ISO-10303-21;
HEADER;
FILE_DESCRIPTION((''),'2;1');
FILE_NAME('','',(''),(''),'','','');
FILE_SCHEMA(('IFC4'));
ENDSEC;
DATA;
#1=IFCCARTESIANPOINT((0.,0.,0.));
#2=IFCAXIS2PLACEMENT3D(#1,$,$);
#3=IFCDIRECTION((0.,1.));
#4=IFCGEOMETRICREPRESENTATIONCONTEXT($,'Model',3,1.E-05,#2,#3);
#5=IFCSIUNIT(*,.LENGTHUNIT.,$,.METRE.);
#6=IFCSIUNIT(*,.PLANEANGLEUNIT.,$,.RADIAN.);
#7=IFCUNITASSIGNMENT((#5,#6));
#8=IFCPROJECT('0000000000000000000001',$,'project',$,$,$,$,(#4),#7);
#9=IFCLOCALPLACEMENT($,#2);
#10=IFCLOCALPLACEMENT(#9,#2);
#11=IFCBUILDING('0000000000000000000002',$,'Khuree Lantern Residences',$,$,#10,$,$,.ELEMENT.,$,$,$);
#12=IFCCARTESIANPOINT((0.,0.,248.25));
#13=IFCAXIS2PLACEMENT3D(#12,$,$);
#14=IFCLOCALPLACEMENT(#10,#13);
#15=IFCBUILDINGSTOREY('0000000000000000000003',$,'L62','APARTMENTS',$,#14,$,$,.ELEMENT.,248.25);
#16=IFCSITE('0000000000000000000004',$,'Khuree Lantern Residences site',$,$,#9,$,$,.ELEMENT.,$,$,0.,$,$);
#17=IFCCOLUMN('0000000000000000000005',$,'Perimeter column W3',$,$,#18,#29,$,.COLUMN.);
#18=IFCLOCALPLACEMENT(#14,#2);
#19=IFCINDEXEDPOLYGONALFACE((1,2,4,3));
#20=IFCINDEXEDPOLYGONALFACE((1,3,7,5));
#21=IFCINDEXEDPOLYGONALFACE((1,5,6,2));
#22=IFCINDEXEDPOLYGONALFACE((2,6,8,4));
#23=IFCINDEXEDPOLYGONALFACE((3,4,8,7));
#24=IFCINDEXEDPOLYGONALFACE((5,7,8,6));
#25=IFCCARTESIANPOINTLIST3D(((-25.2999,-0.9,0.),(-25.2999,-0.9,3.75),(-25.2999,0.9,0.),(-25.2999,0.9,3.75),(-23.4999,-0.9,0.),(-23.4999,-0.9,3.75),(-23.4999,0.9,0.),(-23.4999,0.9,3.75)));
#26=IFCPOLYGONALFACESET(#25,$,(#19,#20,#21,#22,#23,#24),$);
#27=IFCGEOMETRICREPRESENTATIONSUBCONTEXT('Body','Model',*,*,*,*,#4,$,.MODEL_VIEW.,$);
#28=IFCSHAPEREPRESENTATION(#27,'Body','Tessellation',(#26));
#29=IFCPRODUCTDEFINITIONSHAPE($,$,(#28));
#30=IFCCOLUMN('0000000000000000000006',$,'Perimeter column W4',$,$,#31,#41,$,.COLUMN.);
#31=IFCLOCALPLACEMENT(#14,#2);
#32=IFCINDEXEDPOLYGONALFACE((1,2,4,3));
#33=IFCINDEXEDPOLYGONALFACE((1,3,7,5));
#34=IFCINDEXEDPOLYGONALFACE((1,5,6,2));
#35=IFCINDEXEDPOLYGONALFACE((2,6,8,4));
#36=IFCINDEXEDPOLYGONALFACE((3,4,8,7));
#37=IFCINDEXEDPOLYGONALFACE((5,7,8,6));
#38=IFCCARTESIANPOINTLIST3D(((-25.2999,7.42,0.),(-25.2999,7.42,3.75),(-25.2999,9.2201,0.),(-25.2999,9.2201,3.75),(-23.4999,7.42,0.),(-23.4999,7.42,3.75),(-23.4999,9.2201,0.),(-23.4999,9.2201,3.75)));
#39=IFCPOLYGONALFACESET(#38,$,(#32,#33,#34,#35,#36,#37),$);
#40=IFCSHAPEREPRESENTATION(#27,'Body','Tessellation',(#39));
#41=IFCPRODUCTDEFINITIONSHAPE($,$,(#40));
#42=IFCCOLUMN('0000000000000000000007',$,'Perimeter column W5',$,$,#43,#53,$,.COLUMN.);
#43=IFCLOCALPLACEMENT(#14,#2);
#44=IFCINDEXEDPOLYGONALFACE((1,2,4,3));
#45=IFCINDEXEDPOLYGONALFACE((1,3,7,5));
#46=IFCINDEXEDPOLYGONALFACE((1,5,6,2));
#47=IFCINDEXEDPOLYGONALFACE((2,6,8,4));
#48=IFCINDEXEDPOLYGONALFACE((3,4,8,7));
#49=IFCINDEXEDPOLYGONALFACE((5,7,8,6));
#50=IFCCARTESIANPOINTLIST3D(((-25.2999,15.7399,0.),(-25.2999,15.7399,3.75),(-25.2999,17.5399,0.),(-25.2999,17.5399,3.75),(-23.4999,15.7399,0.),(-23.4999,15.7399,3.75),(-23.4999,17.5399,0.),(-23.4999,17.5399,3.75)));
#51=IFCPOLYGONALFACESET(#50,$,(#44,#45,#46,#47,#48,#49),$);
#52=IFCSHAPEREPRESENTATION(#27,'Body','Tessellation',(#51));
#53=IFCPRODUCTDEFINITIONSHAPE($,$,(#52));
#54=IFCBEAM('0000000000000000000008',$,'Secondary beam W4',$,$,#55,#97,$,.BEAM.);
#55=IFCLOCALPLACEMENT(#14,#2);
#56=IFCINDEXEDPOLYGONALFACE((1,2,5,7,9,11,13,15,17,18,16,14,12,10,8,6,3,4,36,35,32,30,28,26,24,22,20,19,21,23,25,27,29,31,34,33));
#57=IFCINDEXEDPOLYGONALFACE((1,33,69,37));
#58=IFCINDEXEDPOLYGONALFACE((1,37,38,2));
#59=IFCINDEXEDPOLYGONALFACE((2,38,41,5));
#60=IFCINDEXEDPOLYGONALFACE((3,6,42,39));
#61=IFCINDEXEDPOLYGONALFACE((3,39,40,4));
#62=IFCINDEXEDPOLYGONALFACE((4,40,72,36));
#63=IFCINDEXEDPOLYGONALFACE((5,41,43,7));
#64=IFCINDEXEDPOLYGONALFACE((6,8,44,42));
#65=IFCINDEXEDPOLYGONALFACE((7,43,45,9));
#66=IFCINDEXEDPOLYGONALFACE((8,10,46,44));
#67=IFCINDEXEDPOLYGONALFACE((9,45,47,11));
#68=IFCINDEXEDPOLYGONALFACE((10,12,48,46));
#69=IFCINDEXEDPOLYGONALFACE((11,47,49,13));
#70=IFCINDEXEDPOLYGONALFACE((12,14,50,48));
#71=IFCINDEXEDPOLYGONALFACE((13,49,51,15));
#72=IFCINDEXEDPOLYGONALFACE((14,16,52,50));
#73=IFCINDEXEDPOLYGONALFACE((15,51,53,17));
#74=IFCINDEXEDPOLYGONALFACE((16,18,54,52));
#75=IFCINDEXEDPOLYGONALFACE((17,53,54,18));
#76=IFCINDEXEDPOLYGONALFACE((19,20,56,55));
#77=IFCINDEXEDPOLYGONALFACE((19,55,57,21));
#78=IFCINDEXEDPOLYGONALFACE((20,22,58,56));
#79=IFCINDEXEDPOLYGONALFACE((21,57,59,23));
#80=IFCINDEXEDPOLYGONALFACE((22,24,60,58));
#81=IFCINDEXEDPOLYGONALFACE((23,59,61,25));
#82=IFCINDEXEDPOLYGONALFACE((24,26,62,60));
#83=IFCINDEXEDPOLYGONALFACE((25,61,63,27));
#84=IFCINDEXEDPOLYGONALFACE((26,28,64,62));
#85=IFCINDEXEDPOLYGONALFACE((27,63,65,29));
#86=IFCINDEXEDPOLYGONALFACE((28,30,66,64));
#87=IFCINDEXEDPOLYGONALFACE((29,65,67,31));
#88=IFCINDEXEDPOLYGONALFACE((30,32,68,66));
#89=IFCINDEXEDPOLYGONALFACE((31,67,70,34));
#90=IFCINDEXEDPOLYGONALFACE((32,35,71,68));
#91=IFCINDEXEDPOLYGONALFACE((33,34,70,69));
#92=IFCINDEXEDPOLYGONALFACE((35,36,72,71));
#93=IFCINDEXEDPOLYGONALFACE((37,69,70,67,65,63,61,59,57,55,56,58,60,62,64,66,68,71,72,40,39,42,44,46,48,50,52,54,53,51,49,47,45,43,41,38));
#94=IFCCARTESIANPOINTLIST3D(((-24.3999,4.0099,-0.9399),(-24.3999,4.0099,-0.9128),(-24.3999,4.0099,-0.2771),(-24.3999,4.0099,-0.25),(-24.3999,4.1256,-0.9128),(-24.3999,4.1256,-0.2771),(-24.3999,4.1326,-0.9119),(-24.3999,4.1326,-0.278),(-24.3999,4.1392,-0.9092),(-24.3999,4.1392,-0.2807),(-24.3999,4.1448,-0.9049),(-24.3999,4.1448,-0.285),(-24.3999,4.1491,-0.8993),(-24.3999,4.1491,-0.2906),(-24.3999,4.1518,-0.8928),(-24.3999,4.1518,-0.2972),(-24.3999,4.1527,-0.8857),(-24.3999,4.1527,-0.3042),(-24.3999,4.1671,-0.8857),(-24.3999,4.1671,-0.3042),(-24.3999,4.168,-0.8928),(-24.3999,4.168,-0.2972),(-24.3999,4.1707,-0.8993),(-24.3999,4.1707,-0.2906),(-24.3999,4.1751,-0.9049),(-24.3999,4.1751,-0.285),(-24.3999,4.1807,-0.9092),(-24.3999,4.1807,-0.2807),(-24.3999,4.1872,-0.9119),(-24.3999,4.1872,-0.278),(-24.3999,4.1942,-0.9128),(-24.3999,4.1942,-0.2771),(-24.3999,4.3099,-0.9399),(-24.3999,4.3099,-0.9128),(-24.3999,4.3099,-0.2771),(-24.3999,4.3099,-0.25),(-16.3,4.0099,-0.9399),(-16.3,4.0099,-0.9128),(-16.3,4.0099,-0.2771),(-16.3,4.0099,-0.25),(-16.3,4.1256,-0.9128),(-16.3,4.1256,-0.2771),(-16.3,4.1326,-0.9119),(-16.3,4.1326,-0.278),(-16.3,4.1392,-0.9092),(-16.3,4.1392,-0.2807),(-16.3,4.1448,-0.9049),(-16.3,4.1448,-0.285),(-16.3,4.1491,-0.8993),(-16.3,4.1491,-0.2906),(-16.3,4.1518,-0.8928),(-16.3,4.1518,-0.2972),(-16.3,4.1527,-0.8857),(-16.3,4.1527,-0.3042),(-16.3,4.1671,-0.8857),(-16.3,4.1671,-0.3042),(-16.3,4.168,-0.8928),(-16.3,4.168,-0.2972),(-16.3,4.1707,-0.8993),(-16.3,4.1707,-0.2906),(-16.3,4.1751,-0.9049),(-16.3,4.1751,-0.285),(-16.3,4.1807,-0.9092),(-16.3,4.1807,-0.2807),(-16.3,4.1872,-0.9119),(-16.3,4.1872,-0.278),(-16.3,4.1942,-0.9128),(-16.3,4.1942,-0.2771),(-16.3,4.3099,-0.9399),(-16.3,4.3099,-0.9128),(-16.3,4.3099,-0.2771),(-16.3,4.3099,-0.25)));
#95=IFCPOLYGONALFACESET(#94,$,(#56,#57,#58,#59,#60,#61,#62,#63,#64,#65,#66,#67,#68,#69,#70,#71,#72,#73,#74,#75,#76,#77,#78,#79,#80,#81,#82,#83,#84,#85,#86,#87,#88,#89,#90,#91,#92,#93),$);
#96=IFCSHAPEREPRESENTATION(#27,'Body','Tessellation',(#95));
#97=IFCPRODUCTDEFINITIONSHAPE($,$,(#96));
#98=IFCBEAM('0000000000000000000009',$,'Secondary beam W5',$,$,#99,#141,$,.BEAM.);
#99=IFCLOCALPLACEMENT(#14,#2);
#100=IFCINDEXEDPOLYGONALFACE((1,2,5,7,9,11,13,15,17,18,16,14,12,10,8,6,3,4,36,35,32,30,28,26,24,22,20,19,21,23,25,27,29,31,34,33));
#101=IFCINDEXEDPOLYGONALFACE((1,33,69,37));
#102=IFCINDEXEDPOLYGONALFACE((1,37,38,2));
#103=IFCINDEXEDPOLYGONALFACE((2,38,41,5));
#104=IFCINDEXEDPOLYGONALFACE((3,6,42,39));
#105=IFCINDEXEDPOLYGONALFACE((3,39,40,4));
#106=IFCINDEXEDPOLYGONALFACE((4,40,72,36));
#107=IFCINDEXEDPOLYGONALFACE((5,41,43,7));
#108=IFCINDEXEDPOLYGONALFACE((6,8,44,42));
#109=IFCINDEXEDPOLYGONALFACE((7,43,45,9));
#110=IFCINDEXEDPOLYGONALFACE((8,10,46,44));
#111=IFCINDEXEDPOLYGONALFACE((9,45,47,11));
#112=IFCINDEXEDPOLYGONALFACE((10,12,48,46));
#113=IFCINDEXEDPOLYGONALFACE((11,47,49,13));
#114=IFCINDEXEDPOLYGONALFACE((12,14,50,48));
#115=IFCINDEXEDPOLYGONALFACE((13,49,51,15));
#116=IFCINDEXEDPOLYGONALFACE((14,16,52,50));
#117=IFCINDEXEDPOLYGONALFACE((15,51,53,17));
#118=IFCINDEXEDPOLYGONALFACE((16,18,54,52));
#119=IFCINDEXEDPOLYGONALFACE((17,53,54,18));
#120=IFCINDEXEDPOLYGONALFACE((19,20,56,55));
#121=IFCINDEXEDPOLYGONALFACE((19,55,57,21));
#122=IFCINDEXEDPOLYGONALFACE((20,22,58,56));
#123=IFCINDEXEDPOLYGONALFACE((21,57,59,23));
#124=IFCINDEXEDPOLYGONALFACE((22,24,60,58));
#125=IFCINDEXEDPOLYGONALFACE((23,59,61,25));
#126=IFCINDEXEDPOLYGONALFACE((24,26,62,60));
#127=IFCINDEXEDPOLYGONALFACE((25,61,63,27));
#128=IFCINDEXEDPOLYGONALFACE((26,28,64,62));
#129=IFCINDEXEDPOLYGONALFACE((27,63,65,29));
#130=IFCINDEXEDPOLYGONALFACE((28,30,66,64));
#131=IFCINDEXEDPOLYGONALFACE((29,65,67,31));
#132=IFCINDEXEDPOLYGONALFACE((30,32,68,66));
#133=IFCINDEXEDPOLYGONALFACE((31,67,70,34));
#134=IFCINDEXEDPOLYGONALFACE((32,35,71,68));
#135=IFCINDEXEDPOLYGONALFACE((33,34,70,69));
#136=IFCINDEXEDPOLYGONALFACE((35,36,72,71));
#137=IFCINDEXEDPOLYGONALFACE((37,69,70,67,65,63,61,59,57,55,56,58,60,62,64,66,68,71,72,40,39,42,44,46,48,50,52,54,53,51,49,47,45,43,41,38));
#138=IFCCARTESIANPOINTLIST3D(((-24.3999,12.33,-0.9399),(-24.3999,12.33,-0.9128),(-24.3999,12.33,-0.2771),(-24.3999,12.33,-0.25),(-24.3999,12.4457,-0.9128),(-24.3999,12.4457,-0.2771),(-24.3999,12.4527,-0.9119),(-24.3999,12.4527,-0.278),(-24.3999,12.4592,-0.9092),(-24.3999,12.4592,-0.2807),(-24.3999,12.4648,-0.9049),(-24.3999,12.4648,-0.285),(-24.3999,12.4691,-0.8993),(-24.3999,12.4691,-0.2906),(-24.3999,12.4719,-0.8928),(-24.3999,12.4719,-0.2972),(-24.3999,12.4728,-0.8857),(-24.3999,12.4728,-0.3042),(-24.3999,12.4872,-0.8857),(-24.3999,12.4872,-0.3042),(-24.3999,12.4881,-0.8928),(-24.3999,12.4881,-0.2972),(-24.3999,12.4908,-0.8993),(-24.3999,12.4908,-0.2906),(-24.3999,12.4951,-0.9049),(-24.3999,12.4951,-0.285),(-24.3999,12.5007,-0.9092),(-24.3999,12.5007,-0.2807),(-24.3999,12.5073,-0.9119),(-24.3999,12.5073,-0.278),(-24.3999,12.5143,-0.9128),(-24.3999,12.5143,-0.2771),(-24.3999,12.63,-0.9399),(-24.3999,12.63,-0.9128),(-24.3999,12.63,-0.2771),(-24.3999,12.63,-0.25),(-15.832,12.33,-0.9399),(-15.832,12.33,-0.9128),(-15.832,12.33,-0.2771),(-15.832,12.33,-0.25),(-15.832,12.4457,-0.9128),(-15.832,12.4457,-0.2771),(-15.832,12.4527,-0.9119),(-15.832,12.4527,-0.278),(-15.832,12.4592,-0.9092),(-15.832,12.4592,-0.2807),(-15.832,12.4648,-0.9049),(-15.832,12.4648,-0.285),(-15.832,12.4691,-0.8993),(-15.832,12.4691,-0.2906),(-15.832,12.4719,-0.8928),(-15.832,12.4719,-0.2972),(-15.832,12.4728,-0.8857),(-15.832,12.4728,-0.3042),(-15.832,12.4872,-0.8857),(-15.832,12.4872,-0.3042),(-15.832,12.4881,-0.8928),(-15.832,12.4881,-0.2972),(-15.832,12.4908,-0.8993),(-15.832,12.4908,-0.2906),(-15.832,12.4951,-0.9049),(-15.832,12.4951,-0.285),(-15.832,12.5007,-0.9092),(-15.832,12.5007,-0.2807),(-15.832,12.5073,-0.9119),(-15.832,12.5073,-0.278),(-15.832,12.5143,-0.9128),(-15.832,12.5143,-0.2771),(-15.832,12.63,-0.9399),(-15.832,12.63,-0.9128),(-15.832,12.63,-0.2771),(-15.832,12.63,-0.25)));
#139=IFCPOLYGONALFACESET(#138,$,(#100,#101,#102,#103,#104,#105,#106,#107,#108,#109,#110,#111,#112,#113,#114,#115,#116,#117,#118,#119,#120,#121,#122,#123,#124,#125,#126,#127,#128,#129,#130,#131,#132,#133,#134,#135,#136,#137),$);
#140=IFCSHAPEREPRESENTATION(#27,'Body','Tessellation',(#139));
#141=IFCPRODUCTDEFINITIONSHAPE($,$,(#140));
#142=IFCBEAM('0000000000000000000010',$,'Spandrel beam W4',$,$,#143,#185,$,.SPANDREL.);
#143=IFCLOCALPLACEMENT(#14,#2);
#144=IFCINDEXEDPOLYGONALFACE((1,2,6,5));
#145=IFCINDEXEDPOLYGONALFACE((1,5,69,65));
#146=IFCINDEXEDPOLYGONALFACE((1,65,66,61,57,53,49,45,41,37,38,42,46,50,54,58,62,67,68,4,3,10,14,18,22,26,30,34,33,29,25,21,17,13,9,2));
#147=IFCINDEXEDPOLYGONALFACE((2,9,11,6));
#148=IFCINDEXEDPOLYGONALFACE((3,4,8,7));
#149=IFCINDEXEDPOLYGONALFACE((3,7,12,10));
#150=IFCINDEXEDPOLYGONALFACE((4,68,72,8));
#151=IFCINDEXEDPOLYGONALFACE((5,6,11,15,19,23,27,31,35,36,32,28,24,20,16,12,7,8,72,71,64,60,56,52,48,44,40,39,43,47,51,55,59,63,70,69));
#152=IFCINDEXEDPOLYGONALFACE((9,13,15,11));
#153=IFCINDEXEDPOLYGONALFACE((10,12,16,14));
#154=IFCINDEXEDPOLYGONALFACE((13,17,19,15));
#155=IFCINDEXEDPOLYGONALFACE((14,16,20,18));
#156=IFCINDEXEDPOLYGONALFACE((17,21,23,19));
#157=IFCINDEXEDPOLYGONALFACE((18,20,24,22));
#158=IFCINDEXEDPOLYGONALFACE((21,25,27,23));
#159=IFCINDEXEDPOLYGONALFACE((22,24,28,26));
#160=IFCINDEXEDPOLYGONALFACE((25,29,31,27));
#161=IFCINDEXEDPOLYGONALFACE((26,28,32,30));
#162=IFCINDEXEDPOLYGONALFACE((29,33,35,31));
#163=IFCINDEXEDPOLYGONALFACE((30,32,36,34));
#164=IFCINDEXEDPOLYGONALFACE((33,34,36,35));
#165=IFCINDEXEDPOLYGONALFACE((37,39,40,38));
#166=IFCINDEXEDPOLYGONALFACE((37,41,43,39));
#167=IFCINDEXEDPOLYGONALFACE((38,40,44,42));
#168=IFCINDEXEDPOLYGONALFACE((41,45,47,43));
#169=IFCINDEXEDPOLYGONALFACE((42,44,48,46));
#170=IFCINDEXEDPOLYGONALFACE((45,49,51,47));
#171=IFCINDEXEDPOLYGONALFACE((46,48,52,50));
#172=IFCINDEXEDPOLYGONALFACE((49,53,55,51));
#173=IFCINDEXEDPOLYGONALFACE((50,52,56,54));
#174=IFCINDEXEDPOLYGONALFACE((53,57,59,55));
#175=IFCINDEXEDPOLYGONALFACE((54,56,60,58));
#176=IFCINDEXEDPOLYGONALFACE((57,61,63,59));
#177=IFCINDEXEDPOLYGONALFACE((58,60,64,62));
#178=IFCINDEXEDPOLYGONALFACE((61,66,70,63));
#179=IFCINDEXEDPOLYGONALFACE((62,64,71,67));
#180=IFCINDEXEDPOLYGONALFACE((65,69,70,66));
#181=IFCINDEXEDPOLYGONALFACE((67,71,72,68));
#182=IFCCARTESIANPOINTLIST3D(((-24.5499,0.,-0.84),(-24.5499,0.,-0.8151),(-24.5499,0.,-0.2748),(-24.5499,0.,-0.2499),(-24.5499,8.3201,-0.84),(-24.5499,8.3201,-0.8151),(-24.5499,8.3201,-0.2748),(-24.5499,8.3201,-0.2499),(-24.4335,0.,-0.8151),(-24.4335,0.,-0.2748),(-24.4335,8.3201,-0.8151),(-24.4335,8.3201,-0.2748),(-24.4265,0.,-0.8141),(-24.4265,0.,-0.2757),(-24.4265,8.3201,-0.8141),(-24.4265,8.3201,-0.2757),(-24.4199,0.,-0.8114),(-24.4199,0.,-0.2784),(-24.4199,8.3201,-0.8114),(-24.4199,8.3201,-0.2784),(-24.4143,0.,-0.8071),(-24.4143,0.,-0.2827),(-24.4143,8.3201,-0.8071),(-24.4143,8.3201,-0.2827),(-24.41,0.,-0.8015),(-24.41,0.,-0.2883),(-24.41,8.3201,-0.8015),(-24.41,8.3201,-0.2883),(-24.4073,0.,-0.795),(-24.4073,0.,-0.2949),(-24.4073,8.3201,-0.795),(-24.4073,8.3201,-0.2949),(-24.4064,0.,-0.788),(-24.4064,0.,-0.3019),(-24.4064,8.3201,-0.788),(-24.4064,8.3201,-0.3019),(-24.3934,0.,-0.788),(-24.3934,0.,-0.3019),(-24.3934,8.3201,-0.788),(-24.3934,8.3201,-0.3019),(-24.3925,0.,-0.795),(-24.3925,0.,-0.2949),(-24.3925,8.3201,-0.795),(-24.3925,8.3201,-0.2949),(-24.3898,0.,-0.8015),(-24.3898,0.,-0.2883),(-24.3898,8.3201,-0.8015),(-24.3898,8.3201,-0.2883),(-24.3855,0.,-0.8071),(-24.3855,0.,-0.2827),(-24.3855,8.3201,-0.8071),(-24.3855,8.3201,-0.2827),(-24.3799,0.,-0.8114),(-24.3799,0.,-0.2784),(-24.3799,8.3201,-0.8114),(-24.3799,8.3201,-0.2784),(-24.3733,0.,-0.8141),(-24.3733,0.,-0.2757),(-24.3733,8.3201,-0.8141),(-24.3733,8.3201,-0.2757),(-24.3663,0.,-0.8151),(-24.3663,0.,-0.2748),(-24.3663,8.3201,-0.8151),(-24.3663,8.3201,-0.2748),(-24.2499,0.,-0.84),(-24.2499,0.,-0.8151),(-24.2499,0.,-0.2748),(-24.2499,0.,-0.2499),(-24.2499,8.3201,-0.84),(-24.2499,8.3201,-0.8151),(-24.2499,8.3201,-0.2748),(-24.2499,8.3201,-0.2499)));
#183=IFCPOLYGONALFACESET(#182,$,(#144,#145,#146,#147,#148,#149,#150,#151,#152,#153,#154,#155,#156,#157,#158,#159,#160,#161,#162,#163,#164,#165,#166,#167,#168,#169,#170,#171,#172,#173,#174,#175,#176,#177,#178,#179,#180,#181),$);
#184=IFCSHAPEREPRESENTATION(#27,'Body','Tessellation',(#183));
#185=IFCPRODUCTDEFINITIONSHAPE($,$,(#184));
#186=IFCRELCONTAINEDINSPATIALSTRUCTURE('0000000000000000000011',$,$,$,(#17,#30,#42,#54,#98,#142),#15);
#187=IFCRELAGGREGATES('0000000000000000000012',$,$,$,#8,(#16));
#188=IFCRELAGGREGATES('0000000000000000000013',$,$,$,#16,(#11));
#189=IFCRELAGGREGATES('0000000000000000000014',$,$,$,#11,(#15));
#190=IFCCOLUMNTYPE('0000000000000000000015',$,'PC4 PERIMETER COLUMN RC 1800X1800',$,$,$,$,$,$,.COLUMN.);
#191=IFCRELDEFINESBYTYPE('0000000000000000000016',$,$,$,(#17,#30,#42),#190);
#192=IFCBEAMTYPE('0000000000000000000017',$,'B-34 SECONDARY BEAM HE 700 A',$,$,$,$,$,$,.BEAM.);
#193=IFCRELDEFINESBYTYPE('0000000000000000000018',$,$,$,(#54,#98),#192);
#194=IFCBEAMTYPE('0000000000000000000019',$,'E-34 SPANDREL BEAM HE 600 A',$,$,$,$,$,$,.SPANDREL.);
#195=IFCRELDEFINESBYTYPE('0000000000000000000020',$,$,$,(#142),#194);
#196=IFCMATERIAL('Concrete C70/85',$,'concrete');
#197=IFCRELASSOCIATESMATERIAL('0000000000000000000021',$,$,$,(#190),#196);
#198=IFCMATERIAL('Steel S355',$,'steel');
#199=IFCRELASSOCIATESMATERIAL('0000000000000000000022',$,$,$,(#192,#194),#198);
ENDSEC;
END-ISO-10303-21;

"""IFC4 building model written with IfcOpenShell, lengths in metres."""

from ifc_helpers import new_model, si_unit, direction, frame, origin, origin_2d, place, context, subcontext, project, spatial, rectangle, i_section, extrude, material, material_profile, profile_set, type_object, element, save


model = new_model("IFC4")

# Units and contexts
model_context = context("Model", 3, precision=1e-05, world=origin(), true_north=direction((0.0, 1.0)))
body_context = subcontext(model_context, "Body", "Model", "MODEL_VIEW")
ifc_project = project(units=[si_unit("LENGTHUNIT", "METRE"), si_unit("PLANEANGLEUNIT", "RADIAN")], contexts=[model_context])

# Site, building, storey
site_placement = place(None, origin())
site = spatial("IfcSite", under=ifc_project, at=site_placement, Name="Khuree Lantern Residences site", CompositionType="ELEMENT", RefElevation=0.0)
building_placement = place(site_placement, origin())
building = spatial("IfcBuilding", under=site, at=building_placement, Name="Khuree Lantern Residences", CompositionType="ELEMENT")
storey_placement = place(building_placement, frame((0.0, 0.0, 248.25)))
storey = spatial("IfcBuildingStorey", under=building, at=storey_placement, Name="L62", Description="APARTMENTS", CompositionType="ELEMENT", Elevation=248.25)

# Columns
ifc_material_1 = material(Name="Concrete C70/85", Category="concrete")
ifc_material_profile_1 = material_profile(ifc_material_1, rectangle(XDim=1.8, YDim=1.8, at=origin_2d()), Name="RC 1800X1800")
ifc_profile_set_1 = profile_set([ifc_material_profile_1], Name="Concrete C70/85")
column_type = type_object("IfcColumnType", Name="PC4 PERIMETER COLUMN RC 1800X1800", PredefinedType="COLUMN", material=ifc_profile_set_1)
for number, where, z_axis, x_axis, name in (
    (1, (-24.3999, 0.0, 0.0), (0.0, 0.0, 1.0), (0.0, 1.0, 0.0), "Perimeter column W3"),
    (2, (-24.3999, 8.3201, 0.0), (0.0, 0.0, 1.0), (0.0, 1.0, 0.0), "Perimeter column W4"),
    (3, (-24.3999, 16.6399, 0.0), (0.0, 0.0, 1.0), (0.0, 1.0, 0.0), "Perimeter column W5"),
):
    element("IfcColumn", number, at=place(storey_placement, frame(where, z_axis=z_axis, x_axis=x_axis)), inside=storey, type_object=column_type, Name=name, PredefinedType="COLUMN", context=body_context, shape_type="SweptSolid", body=[
        extrude(rectangle(XDim=1.8, YDim=1.8, at=origin_2d()), origin(), (0.0, 0.0, 1.0), 3.75),
    ])

# Beams
ifc_material_2 = material(Name="Steel S355", Category="steel")
ifc_material_profile_2 = material_profile(ifc_material_2, i_section(OverallWidth=0.3, OverallDepth=0.6899, WebThickness=0.0144, FlangeThickness=0.0271, FilletRadius=0.0271, at=origin_2d()), Name="HE 700 A")
ifc_profile_set_2 = profile_set([ifc_material_profile_2], Name="Steel S355")
beam_type_1 = type_object("IfcBeamType", Name="B-34 SECONDARY BEAM HE 700 A", PredefinedType="BEAM", material=ifc_profile_set_2)
beam_1_placement = place(storey_placement, frame((-24.3999, 4.1599, -0.595), z_axis=(1.0, 0.0, 0.0), x_axis=(0.0, 1.0, 0.0)))
element("IfcBeam", 4, at=beam_1_placement, inside=storey, type_object=beam_type_1, Name="Secondary beam W4", PredefinedType="BEAM", context=body_context, shape_type="SweptSolid", body=[
    extrude(i_section(OverallWidth=0.3, OverallDepth=0.6899, WebThickness=0.0144, FlangeThickness=0.0271, FilletRadius=0.0271, at=origin_2d()), origin(), (0.0, 0.0, 1.0), 8.0999),
])
beam_2_placement = place(storey_placement, frame((-24.3999, 12.48, -0.595), z_axis=(1.0, 0.0, 0.0), x_axis=(0.0, 1.0, 0.0)))
element("IfcBeam", 5, at=beam_2_placement, inside=storey, type_object=beam_type_1, Name="Secondary beam W5", PredefinedType="BEAM", context=body_context, shape_type="SweptSolid", body=[
    extrude(i_section(OverallWidth=0.3, OverallDepth=0.6899, WebThickness=0.0144, FlangeThickness=0.0271, FilletRadius=0.0271, at=origin_2d()), origin(), (0.0, 0.0, 1.0), 8.5679),
])
ifc_material_profile_3 = material_profile(ifc_material_2, i_section(OverallWidth=0.3, OverallDepth=0.5901, WebThickness=0.0129, FlangeThickness=0.0249, FilletRadius=0.0271, at=origin_2d()), Name="HE 600 A")
ifc_profile_set_3 = profile_set([ifc_material_profile_3], Name="Steel S355")
beam_type_2 = type_object("IfcBeamType", Name="E-34 SPANDREL BEAM HE 600 A", PredefinedType="SPANDREL", material=ifc_profile_set_3)
beam_3_placement = place(storey_placement, frame((-24.3999, 0.0, -0.5449), z_axis=(0.0, 1.0, 0.0), x_axis=(-1.0, 0.0, 0.0)))
element("IfcBeam", 6, at=beam_3_placement, inside=storey, type_object=beam_type_2, Name="Spandrel beam W4", PredefinedType="SPANDREL", context=body_context, shape_type="SweptSolid", body=[
    extrude(i_section(OverallWidth=0.3, OverallDepth=0.5901, WebThickness=0.0129, FlangeThickness=0.0249, FilletRadius=0.0271, at=origin_2d()), origin(), (0.0, 0.0, 1.0), 8.3201),
])

save(model, "model.ifc")
